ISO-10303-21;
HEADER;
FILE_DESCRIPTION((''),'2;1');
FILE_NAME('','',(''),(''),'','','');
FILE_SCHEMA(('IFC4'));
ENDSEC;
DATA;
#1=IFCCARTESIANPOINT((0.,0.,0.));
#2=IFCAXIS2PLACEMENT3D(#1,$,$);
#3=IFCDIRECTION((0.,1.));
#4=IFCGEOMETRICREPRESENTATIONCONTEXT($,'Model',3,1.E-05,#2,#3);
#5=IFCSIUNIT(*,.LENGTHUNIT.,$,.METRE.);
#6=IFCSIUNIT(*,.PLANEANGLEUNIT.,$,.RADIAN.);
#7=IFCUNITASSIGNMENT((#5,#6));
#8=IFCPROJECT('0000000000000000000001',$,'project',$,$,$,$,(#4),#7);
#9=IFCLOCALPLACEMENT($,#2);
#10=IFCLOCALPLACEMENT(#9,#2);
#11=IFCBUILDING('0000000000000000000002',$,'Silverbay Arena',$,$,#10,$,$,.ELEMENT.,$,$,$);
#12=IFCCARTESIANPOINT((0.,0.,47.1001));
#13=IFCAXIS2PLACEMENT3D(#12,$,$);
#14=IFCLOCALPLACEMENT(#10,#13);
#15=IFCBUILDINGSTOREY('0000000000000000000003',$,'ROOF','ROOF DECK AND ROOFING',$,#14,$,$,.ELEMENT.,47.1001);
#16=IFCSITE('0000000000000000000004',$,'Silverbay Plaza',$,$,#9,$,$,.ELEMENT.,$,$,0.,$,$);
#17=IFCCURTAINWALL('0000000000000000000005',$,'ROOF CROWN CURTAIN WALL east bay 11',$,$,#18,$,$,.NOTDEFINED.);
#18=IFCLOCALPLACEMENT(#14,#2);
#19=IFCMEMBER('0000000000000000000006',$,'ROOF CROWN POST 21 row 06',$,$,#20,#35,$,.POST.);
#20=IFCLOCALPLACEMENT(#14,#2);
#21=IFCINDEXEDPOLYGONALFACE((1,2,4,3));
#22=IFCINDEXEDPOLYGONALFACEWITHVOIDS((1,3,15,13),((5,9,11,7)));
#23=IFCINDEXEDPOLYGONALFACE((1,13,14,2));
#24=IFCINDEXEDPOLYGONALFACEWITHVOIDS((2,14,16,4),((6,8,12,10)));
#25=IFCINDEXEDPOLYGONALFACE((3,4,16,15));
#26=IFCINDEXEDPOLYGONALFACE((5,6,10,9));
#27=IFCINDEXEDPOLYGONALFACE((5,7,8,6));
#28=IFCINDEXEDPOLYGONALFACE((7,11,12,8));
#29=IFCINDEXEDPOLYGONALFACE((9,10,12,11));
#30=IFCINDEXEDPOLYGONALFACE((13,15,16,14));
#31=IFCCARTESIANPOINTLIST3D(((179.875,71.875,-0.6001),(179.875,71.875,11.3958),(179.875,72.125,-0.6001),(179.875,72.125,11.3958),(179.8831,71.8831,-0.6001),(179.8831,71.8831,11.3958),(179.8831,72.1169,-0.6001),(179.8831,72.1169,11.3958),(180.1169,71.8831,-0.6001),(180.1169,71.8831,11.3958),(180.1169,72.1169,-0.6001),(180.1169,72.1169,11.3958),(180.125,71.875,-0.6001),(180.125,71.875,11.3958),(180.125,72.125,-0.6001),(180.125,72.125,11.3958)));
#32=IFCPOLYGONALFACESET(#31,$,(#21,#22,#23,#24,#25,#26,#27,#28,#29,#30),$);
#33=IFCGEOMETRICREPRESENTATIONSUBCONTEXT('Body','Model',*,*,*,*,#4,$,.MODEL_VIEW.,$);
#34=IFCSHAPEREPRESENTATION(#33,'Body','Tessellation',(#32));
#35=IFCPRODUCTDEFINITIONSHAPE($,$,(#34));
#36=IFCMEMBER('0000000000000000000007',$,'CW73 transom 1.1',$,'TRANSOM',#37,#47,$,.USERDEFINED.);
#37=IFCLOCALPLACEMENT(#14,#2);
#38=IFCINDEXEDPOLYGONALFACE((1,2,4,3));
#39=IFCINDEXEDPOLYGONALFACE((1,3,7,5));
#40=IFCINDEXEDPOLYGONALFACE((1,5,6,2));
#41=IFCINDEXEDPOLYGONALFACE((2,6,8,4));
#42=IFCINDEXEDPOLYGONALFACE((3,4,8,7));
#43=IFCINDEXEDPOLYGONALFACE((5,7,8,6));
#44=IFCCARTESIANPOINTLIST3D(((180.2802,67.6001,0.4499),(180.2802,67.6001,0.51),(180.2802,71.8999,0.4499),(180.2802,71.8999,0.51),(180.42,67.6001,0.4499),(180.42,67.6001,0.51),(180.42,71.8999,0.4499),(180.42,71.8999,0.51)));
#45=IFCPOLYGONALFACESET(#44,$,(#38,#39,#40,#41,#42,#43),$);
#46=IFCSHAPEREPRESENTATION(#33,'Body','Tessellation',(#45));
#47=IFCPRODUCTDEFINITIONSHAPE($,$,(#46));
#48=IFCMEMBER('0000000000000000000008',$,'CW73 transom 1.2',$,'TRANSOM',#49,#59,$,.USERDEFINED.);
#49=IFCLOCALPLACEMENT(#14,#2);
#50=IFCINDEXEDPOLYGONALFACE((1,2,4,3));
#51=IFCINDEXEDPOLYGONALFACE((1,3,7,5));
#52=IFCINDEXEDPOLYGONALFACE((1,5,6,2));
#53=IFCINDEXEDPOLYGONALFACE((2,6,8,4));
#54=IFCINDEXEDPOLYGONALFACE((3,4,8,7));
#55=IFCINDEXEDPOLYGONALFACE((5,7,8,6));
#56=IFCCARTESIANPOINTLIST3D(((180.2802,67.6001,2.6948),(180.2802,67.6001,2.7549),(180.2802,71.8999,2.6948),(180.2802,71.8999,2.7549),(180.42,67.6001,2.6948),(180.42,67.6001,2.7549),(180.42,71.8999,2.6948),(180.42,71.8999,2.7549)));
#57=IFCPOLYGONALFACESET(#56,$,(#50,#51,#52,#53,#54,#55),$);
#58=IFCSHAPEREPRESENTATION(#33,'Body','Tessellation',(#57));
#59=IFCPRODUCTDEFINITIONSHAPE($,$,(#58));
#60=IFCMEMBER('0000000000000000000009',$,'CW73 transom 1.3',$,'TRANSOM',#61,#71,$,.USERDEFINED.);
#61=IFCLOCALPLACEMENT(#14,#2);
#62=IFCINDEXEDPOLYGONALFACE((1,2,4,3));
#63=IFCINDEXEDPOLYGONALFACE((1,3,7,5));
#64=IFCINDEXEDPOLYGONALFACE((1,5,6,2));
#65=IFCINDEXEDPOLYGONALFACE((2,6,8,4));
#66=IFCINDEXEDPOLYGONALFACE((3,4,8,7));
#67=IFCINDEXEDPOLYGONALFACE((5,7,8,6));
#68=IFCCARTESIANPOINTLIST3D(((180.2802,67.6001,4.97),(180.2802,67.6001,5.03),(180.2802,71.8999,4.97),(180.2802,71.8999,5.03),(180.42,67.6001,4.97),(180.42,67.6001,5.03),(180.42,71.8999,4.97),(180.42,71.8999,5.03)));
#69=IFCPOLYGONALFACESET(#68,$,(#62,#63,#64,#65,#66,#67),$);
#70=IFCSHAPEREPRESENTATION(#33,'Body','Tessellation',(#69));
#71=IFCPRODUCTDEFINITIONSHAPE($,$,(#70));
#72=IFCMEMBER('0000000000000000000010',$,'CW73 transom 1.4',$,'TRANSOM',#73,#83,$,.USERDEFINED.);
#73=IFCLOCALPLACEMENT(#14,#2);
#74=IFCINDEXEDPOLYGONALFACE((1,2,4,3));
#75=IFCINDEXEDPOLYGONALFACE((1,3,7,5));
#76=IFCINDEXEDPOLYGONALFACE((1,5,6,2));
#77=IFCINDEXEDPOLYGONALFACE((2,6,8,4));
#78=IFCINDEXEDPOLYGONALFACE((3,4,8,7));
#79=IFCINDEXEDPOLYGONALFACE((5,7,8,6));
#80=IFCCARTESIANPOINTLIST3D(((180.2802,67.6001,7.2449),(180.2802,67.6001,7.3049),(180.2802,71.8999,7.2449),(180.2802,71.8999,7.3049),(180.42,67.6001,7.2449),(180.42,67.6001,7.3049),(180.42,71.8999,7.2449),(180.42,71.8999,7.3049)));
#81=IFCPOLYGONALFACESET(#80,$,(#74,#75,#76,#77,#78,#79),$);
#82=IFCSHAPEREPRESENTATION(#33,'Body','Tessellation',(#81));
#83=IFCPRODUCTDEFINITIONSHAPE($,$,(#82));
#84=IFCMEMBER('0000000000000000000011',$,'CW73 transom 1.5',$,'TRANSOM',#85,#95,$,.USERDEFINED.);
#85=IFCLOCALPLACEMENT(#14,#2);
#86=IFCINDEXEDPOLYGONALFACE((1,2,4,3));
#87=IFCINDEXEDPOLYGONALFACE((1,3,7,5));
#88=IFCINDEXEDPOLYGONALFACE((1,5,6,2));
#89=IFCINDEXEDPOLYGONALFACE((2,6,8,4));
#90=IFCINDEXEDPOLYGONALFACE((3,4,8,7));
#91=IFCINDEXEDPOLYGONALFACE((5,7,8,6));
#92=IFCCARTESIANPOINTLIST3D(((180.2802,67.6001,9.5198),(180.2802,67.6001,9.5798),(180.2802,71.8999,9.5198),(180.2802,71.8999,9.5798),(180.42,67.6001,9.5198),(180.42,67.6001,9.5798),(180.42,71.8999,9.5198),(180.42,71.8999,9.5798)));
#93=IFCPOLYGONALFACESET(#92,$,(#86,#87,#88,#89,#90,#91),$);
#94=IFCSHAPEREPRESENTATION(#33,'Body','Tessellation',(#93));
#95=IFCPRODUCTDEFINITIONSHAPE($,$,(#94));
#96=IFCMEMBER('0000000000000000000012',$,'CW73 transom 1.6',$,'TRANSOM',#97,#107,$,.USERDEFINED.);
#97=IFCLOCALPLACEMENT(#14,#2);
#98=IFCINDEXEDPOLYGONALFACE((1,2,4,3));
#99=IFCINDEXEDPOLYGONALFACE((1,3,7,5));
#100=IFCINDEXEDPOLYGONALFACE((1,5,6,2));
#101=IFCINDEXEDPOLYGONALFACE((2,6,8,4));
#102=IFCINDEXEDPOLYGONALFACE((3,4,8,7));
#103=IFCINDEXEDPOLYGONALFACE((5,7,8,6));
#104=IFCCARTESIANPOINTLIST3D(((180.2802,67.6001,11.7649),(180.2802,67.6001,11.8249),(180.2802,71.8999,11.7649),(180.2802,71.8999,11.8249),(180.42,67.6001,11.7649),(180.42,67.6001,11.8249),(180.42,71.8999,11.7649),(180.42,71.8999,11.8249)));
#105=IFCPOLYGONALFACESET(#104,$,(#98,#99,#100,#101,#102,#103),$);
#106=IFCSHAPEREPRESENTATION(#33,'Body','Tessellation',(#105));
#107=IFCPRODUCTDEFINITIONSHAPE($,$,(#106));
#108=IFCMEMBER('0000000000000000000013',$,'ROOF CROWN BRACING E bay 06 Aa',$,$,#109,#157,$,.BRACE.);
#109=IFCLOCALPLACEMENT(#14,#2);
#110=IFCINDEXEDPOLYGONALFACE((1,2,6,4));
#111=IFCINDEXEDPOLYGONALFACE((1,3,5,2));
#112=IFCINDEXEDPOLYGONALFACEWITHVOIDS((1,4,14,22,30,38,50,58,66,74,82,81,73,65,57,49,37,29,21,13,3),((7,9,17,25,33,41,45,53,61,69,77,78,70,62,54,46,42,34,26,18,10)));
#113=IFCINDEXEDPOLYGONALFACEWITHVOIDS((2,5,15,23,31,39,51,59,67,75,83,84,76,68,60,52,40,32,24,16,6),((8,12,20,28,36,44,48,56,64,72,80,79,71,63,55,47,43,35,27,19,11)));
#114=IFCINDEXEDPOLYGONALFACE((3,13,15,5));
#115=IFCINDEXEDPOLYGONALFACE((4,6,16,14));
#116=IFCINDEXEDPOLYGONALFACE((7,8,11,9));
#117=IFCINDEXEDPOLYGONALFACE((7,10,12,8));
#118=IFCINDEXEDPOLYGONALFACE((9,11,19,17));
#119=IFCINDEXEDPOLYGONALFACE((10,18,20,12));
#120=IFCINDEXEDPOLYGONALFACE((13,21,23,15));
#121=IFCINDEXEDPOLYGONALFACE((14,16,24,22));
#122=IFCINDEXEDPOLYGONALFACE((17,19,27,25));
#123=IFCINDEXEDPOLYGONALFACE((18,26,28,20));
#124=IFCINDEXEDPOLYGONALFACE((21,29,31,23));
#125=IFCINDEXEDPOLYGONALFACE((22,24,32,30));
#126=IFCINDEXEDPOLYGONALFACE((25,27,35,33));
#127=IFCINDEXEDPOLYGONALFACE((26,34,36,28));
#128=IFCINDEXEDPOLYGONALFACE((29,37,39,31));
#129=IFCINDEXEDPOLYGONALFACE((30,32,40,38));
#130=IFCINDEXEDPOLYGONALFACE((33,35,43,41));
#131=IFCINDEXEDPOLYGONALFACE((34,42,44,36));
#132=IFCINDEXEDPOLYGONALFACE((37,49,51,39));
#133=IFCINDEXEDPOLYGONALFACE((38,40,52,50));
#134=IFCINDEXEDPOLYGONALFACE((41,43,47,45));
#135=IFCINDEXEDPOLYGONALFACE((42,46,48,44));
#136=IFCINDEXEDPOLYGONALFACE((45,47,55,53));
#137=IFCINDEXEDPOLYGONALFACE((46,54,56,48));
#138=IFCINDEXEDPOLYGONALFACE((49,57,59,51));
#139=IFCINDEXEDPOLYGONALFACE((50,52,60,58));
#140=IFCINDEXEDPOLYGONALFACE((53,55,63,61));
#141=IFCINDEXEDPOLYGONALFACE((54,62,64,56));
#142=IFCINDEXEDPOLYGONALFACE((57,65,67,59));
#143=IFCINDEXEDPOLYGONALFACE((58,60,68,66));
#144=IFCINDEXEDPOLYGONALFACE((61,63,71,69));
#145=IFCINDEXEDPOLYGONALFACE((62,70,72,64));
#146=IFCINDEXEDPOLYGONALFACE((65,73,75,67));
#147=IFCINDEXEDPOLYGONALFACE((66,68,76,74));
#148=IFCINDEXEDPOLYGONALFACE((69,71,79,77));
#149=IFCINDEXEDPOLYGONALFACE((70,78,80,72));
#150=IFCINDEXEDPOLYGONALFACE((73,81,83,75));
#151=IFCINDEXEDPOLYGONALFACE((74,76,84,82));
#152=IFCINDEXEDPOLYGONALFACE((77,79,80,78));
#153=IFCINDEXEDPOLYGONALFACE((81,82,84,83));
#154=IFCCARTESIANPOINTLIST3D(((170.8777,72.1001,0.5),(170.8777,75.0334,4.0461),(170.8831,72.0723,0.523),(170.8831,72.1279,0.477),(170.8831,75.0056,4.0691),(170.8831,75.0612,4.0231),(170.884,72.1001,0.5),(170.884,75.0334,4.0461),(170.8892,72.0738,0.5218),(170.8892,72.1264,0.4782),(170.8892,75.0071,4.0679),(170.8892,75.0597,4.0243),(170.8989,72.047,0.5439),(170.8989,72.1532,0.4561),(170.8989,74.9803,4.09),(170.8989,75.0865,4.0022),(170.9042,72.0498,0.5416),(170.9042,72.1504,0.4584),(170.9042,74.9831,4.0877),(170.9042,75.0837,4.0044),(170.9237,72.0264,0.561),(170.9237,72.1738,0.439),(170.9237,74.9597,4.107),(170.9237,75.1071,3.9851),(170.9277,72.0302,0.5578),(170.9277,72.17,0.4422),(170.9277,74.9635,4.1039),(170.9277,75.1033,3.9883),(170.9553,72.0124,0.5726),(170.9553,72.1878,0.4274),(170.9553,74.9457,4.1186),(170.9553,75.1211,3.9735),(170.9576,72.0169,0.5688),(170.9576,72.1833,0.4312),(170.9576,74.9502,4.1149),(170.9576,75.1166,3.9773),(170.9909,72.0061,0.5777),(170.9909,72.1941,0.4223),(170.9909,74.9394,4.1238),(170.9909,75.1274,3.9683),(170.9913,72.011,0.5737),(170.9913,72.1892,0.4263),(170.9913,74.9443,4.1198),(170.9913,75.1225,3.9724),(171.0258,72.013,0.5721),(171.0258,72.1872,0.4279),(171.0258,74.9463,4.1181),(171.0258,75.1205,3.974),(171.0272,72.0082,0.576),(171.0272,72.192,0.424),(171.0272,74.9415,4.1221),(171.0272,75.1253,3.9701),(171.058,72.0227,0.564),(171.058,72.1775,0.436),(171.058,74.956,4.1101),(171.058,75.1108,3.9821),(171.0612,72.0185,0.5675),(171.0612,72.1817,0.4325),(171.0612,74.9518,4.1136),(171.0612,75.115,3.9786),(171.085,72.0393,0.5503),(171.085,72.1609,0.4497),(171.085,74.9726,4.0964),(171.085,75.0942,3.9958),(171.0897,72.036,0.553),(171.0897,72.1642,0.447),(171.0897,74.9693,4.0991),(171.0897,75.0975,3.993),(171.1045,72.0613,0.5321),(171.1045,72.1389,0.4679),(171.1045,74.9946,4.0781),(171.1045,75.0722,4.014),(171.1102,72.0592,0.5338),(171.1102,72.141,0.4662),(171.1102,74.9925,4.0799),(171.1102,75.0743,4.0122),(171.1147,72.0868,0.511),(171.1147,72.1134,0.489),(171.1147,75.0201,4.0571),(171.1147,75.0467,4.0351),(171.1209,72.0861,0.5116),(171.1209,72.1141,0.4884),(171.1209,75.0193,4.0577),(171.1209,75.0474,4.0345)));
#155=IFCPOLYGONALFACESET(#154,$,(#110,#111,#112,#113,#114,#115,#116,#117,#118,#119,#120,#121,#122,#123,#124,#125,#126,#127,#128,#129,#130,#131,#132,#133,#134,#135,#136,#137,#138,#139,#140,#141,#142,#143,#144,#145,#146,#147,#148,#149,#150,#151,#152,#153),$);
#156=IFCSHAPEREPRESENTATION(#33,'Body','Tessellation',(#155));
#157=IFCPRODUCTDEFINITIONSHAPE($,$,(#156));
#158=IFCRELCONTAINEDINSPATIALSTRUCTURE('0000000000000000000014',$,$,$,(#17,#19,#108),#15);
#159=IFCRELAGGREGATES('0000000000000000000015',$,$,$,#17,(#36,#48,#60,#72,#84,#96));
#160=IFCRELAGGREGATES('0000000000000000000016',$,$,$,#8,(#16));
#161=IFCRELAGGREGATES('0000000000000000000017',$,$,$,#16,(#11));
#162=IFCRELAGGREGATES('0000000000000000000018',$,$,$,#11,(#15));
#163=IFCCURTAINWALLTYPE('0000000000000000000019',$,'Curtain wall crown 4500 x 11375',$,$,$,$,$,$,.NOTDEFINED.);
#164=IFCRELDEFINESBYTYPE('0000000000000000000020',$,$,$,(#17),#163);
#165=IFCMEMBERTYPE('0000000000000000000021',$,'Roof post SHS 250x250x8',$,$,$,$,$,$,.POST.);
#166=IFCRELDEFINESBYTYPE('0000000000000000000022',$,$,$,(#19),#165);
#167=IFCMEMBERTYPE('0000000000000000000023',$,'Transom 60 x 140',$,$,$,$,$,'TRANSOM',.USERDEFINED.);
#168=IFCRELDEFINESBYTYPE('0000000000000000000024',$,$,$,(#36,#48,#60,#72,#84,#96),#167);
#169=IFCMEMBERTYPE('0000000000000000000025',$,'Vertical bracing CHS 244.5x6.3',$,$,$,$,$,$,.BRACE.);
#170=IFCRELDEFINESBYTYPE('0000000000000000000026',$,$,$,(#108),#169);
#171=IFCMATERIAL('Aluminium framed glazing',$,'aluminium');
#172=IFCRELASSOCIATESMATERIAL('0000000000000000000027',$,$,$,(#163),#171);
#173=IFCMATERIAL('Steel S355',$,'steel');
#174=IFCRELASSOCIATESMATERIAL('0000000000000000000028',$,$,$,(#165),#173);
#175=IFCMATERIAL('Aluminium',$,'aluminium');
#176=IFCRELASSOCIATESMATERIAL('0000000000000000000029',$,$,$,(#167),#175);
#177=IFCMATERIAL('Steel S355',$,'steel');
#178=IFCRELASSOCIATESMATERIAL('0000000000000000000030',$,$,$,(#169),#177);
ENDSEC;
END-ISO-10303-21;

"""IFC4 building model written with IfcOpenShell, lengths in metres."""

from ifc_helpers import new_model, si_unit, direction, frame, origin, origin_2d, place, context, subcontext, project, spatial, rectangle, hollow_rectangle, hollow_circle, extrude, material, material_profile, profile_set, type_object, element, aggregate, save


model = new_model("IFC4")

# Units and contexts
model_context = context("Model", 3, precision=1e-05, world=origin(), true_north=direction((0.0, 1.0)))
body_context = subcontext(model_context, "Body", "Model", "MODEL_VIEW")
ifc_project = project(units=[si_unit("LENGTHUNIT", "METRE"), si_unit("PLANEANGLEUNIT", "RADIAN")], contexts=[model_context])

# Site, building, storey
site_placement = place(None, origin())
site = spatial("IfcSite", under=ifc_project, at=site_placement, Name="Silverbay Plaza", CompositionType="ELEMENT", RefElevation=0.0)
building_placement = place(site_placement, origin())
building = spatial("IfcBuilding", under=site, at=building_placement, Name="Silverbay Arena", CompositionType="ELEMENT")
storey_placement = place(building_placement, frame((0.0, 0.0, 47.1001)))
storey = spatial("IfcBuildingStorey", under=building, at=storey_placement, Name="ROOF", Description="ROOF DECK AND ROOFING", CompositionType="ELEMENT", Elevation=47.1001)

# Shared definitions
placement = place(building_placement, frame((0.0, 0.0, 33.5)))

# Curtain wall
ifc_material_1 = material(Name="Aluminium framed glazing", Category="aluminium")
curtain_wall_type_1 = type_object("IfcCurtainWallType", Name="Curtain wall crown 4500 x 11375", PredefinedType="NOTDEFINED", material=ifc_material_1)
curtain_wall_1_placement = place(storey_placement, origin())
curtain_wall_1 = element("IfcCurtainWall", 1, at=curtain_wall_1_placement, inside=storey, type_object=curtain_wall_type_1, Name="ROOF CROWN CURTAIN WALL east bay 11", PredefinedType="NOTDEFINED")

# Member
ifc_material_2 = material(Name="Steel S355", Category="steel")
ifc_material_profile_1 = material_profile(ifc_material_2, hollow_rectangle(XDim=0.25, YDim=0.25, WallThickness=0.0081, at=origin_2d()), Name="SHS 250x250x8")
ifc_profile_set_1 = profile_set([ifc_material_profile_1], Name="Steel S355")
member_type_1 = type_object("IfcMemberType", Name="Roof post SHS 250x250x8", PredefinedType="POST", material=ifc_profile_set_1)
member_1_placement = place(storey_placement, frame((180.0, 72.0, -0.6001), z_axis=(0.0, 0.0, 1.0), x_axis=(1.0, 0.0, 0.0)))
element("IfcMember", 2, at=member_1_placement, inside=storey, type_object=member_type_1, Name="ROOF CROWN POST 21 row 06", PredefinedType="POST", context=body_context, shape_type="SweptSolid", body=[
    extrude(hollow_rectangle(XDim=0.25, YDim=0.25, WallThickness=0.0081, at=origin_2d()), origin(), (0.0, 0.0, 1.0), 11.9958),
])

# Members
ifc_material_3 = material(Name="Aluminium", Category="aluminium")
ifc_material_profile_2 = material_profile(ifc_material_3, rectangle(XDim=0.1399, YDim=0.0601, at=origin_2d()), Name="Transom 60 x 140")
ifc_profile_set_2 = profile_set([ifc_material_profile_2], Name="Aluminium")
member_type_2 = type_object("IfcMemberType", Name="Transom 60 x 140", ElementType="TRANSOM", PredefinedType="USERDEFINED", material=ifc_profile_set_2)
member_2_placement = place(placement, frame((180.3501, 67.6001, 14.0801), z_axis=(0.0, 1.0, 0.0), x_axis=(-1.0, 0.0, 0.0)))
member_2 = element("IfcMember", 3, at=member_2_placement, type_object=member_type_2, Name="CW73 transom 1.1", ObjectType="TRANSOM", PredefinedType="USERDEFINED", context=body_context, shape_type="SweptSolid", body=[
    extrude(rectangle(XDim=0.1399, YDim=0.0601, at=origin_2d()), origin(), (0.0, 0.0, 1.0), 4.2998),
])
member_3_placement = place(placement, frame((180.3501, 67.6001, 16.325), z_axis=(0.0, 1.0, 0.0), x_axis=(-1.0, 0.0, 0.0)))
member_3 = element("IfcMember", 4, at=member_3_placement, type_object=member_type_2, Name="CW73 transom 1.2", ObjectType="TRANSOM", PredefinedType="USERDEFINED", context=body_context, shape_type="SweptSolid", body=[
    extrude(rectangle(XDim=0.1399, YDim=0.0601, at=origin_2d()), origin(), (0.0, 0.0, 1.0), 4.2998),
])
member_4_placement = place(placement, frame((180.3501, 67.6001, 18.6001), z_axis=(0.0, 1.0, 0.0), x_axis=(-1.0, 0.0, 0.0)))
member_4 = element("IfcMember", 5, at=member_4_placement, type_object=member_type_2, Name="CW73 transom 1.3", ObjectType="TRANSOM", PredefinedType="USERDEFINED", context=body_context, shape_type="SweptSolid", body=[
    extrude(rectangle(XDim=0.1399, YDim=0.0601, at=origin_2d()), origin(), (0.0, 0.0, 1.0), 4.2998),
])
member_5_placement = place(placement, frame((180.3501, 67.6001, 20.875), z_axis=(0.0, 1.0, 0.0), x_axis=(-1.0, 0.0, 0.0)))
member_5 = element("IfcMember", 6, at=member_5_placement, type_object=member_type_2, Name="CW73 transom 1.4", ObjectType="TRANSOM", PredefinedType="USERDEFINED", context=body_context, shape_type="SweptSolid", body=[
    extrude(rectangle(XDim=0.1399, YDim=0.0601, at=origin_2d()), origin(), (0.0, 0.0, 1.0), 4.2998),
])
member_6_placement = place(placement, frame((180.3501, 67.6001, 23.1499), z_axis=(0.0, 1.0, 0.0), x_axis=(-1.0, 0.0, 0.0)))
member_6 = element("IfcMember", 7, at=member_6_placement, type_object=member_type_2, Name="CW73 transom 1.5", ObjectType="TRANSOM", PredefinedType="USERDEFINED", context=body_context, shape_type="SweptSolid", body=[
    extrude(rectangle(XDim=0.1399, YDim=0.0601, at=origin_2d()), origin(), (0.0, 0.0, 1.0), 4.2998),
])
member_7_placement = place(placement, frame((180.3501, 67.6001, 25.395), z_axis=(0.0, 1.0, 0.0), x_axis=(-1.0, 0.0, 0.0)))
member_7 = element("IfcMember", 8, at=member_7_placement, type_object=member_type_2, Name="CW73 transom 1.6", ObjectType="TRANSOM", PredefinedType="USERDEFINED", context=body_context, shape_type="SweptSolid", body=[
    extrude(rectangle(XDim=0.1399, YDim=0.0601, at=origin_2d()), origin(), (0.0, 0.0, 1.0), 4.2998),
])

# Member
ifc_material_4 = material(Name="Steel S355", Category="steel")
ifc_material_profile_3 = material_profile(ifc_material_4, hollow_circle(Radius=0.1223, WallThickness=0.0063, at=origin_2d()), Name="CHS 244.5x6.3")
ifc_profile_set_3 = profile_set([ifc_material_profile_3], Name="Steel S355")
member_type_3 = type_object("IfcMemberType", Name="Vertical bracing CHS 244.5x6.3", PredefinedType="BRACE", material=ifc_profile_set_3)
for number, where, z_axis, x_axis, name in (
    (9, (171.0, 72.1001, 0.5), (0.0, 0.637389, 0.770543), (-1.0, 0.0, 0.0), "ROOF CROWN BRACING E bay 06 Aa"),
):
    element("IfcMember", number, at=place(storey_placement, frame(where, z_axis=z_axis, x_axis=x_axis)), inside=storey, type_object=member_type_3, Name=name, PredefinedType="BRACE", context=body_context, shape_type="SweptSolid", body=[
        extrude(hollow_circle(Radius=0.1223, WallThickness=0.0063, at=origin_2d()), origin(), (0.0, 0.0, 1.0), 4.6021),
    ])

aggregate(curtain_wall_1, [member_2, member_3, member_4, member_5, member_6, member_7])

save(model, "model.ifc")
